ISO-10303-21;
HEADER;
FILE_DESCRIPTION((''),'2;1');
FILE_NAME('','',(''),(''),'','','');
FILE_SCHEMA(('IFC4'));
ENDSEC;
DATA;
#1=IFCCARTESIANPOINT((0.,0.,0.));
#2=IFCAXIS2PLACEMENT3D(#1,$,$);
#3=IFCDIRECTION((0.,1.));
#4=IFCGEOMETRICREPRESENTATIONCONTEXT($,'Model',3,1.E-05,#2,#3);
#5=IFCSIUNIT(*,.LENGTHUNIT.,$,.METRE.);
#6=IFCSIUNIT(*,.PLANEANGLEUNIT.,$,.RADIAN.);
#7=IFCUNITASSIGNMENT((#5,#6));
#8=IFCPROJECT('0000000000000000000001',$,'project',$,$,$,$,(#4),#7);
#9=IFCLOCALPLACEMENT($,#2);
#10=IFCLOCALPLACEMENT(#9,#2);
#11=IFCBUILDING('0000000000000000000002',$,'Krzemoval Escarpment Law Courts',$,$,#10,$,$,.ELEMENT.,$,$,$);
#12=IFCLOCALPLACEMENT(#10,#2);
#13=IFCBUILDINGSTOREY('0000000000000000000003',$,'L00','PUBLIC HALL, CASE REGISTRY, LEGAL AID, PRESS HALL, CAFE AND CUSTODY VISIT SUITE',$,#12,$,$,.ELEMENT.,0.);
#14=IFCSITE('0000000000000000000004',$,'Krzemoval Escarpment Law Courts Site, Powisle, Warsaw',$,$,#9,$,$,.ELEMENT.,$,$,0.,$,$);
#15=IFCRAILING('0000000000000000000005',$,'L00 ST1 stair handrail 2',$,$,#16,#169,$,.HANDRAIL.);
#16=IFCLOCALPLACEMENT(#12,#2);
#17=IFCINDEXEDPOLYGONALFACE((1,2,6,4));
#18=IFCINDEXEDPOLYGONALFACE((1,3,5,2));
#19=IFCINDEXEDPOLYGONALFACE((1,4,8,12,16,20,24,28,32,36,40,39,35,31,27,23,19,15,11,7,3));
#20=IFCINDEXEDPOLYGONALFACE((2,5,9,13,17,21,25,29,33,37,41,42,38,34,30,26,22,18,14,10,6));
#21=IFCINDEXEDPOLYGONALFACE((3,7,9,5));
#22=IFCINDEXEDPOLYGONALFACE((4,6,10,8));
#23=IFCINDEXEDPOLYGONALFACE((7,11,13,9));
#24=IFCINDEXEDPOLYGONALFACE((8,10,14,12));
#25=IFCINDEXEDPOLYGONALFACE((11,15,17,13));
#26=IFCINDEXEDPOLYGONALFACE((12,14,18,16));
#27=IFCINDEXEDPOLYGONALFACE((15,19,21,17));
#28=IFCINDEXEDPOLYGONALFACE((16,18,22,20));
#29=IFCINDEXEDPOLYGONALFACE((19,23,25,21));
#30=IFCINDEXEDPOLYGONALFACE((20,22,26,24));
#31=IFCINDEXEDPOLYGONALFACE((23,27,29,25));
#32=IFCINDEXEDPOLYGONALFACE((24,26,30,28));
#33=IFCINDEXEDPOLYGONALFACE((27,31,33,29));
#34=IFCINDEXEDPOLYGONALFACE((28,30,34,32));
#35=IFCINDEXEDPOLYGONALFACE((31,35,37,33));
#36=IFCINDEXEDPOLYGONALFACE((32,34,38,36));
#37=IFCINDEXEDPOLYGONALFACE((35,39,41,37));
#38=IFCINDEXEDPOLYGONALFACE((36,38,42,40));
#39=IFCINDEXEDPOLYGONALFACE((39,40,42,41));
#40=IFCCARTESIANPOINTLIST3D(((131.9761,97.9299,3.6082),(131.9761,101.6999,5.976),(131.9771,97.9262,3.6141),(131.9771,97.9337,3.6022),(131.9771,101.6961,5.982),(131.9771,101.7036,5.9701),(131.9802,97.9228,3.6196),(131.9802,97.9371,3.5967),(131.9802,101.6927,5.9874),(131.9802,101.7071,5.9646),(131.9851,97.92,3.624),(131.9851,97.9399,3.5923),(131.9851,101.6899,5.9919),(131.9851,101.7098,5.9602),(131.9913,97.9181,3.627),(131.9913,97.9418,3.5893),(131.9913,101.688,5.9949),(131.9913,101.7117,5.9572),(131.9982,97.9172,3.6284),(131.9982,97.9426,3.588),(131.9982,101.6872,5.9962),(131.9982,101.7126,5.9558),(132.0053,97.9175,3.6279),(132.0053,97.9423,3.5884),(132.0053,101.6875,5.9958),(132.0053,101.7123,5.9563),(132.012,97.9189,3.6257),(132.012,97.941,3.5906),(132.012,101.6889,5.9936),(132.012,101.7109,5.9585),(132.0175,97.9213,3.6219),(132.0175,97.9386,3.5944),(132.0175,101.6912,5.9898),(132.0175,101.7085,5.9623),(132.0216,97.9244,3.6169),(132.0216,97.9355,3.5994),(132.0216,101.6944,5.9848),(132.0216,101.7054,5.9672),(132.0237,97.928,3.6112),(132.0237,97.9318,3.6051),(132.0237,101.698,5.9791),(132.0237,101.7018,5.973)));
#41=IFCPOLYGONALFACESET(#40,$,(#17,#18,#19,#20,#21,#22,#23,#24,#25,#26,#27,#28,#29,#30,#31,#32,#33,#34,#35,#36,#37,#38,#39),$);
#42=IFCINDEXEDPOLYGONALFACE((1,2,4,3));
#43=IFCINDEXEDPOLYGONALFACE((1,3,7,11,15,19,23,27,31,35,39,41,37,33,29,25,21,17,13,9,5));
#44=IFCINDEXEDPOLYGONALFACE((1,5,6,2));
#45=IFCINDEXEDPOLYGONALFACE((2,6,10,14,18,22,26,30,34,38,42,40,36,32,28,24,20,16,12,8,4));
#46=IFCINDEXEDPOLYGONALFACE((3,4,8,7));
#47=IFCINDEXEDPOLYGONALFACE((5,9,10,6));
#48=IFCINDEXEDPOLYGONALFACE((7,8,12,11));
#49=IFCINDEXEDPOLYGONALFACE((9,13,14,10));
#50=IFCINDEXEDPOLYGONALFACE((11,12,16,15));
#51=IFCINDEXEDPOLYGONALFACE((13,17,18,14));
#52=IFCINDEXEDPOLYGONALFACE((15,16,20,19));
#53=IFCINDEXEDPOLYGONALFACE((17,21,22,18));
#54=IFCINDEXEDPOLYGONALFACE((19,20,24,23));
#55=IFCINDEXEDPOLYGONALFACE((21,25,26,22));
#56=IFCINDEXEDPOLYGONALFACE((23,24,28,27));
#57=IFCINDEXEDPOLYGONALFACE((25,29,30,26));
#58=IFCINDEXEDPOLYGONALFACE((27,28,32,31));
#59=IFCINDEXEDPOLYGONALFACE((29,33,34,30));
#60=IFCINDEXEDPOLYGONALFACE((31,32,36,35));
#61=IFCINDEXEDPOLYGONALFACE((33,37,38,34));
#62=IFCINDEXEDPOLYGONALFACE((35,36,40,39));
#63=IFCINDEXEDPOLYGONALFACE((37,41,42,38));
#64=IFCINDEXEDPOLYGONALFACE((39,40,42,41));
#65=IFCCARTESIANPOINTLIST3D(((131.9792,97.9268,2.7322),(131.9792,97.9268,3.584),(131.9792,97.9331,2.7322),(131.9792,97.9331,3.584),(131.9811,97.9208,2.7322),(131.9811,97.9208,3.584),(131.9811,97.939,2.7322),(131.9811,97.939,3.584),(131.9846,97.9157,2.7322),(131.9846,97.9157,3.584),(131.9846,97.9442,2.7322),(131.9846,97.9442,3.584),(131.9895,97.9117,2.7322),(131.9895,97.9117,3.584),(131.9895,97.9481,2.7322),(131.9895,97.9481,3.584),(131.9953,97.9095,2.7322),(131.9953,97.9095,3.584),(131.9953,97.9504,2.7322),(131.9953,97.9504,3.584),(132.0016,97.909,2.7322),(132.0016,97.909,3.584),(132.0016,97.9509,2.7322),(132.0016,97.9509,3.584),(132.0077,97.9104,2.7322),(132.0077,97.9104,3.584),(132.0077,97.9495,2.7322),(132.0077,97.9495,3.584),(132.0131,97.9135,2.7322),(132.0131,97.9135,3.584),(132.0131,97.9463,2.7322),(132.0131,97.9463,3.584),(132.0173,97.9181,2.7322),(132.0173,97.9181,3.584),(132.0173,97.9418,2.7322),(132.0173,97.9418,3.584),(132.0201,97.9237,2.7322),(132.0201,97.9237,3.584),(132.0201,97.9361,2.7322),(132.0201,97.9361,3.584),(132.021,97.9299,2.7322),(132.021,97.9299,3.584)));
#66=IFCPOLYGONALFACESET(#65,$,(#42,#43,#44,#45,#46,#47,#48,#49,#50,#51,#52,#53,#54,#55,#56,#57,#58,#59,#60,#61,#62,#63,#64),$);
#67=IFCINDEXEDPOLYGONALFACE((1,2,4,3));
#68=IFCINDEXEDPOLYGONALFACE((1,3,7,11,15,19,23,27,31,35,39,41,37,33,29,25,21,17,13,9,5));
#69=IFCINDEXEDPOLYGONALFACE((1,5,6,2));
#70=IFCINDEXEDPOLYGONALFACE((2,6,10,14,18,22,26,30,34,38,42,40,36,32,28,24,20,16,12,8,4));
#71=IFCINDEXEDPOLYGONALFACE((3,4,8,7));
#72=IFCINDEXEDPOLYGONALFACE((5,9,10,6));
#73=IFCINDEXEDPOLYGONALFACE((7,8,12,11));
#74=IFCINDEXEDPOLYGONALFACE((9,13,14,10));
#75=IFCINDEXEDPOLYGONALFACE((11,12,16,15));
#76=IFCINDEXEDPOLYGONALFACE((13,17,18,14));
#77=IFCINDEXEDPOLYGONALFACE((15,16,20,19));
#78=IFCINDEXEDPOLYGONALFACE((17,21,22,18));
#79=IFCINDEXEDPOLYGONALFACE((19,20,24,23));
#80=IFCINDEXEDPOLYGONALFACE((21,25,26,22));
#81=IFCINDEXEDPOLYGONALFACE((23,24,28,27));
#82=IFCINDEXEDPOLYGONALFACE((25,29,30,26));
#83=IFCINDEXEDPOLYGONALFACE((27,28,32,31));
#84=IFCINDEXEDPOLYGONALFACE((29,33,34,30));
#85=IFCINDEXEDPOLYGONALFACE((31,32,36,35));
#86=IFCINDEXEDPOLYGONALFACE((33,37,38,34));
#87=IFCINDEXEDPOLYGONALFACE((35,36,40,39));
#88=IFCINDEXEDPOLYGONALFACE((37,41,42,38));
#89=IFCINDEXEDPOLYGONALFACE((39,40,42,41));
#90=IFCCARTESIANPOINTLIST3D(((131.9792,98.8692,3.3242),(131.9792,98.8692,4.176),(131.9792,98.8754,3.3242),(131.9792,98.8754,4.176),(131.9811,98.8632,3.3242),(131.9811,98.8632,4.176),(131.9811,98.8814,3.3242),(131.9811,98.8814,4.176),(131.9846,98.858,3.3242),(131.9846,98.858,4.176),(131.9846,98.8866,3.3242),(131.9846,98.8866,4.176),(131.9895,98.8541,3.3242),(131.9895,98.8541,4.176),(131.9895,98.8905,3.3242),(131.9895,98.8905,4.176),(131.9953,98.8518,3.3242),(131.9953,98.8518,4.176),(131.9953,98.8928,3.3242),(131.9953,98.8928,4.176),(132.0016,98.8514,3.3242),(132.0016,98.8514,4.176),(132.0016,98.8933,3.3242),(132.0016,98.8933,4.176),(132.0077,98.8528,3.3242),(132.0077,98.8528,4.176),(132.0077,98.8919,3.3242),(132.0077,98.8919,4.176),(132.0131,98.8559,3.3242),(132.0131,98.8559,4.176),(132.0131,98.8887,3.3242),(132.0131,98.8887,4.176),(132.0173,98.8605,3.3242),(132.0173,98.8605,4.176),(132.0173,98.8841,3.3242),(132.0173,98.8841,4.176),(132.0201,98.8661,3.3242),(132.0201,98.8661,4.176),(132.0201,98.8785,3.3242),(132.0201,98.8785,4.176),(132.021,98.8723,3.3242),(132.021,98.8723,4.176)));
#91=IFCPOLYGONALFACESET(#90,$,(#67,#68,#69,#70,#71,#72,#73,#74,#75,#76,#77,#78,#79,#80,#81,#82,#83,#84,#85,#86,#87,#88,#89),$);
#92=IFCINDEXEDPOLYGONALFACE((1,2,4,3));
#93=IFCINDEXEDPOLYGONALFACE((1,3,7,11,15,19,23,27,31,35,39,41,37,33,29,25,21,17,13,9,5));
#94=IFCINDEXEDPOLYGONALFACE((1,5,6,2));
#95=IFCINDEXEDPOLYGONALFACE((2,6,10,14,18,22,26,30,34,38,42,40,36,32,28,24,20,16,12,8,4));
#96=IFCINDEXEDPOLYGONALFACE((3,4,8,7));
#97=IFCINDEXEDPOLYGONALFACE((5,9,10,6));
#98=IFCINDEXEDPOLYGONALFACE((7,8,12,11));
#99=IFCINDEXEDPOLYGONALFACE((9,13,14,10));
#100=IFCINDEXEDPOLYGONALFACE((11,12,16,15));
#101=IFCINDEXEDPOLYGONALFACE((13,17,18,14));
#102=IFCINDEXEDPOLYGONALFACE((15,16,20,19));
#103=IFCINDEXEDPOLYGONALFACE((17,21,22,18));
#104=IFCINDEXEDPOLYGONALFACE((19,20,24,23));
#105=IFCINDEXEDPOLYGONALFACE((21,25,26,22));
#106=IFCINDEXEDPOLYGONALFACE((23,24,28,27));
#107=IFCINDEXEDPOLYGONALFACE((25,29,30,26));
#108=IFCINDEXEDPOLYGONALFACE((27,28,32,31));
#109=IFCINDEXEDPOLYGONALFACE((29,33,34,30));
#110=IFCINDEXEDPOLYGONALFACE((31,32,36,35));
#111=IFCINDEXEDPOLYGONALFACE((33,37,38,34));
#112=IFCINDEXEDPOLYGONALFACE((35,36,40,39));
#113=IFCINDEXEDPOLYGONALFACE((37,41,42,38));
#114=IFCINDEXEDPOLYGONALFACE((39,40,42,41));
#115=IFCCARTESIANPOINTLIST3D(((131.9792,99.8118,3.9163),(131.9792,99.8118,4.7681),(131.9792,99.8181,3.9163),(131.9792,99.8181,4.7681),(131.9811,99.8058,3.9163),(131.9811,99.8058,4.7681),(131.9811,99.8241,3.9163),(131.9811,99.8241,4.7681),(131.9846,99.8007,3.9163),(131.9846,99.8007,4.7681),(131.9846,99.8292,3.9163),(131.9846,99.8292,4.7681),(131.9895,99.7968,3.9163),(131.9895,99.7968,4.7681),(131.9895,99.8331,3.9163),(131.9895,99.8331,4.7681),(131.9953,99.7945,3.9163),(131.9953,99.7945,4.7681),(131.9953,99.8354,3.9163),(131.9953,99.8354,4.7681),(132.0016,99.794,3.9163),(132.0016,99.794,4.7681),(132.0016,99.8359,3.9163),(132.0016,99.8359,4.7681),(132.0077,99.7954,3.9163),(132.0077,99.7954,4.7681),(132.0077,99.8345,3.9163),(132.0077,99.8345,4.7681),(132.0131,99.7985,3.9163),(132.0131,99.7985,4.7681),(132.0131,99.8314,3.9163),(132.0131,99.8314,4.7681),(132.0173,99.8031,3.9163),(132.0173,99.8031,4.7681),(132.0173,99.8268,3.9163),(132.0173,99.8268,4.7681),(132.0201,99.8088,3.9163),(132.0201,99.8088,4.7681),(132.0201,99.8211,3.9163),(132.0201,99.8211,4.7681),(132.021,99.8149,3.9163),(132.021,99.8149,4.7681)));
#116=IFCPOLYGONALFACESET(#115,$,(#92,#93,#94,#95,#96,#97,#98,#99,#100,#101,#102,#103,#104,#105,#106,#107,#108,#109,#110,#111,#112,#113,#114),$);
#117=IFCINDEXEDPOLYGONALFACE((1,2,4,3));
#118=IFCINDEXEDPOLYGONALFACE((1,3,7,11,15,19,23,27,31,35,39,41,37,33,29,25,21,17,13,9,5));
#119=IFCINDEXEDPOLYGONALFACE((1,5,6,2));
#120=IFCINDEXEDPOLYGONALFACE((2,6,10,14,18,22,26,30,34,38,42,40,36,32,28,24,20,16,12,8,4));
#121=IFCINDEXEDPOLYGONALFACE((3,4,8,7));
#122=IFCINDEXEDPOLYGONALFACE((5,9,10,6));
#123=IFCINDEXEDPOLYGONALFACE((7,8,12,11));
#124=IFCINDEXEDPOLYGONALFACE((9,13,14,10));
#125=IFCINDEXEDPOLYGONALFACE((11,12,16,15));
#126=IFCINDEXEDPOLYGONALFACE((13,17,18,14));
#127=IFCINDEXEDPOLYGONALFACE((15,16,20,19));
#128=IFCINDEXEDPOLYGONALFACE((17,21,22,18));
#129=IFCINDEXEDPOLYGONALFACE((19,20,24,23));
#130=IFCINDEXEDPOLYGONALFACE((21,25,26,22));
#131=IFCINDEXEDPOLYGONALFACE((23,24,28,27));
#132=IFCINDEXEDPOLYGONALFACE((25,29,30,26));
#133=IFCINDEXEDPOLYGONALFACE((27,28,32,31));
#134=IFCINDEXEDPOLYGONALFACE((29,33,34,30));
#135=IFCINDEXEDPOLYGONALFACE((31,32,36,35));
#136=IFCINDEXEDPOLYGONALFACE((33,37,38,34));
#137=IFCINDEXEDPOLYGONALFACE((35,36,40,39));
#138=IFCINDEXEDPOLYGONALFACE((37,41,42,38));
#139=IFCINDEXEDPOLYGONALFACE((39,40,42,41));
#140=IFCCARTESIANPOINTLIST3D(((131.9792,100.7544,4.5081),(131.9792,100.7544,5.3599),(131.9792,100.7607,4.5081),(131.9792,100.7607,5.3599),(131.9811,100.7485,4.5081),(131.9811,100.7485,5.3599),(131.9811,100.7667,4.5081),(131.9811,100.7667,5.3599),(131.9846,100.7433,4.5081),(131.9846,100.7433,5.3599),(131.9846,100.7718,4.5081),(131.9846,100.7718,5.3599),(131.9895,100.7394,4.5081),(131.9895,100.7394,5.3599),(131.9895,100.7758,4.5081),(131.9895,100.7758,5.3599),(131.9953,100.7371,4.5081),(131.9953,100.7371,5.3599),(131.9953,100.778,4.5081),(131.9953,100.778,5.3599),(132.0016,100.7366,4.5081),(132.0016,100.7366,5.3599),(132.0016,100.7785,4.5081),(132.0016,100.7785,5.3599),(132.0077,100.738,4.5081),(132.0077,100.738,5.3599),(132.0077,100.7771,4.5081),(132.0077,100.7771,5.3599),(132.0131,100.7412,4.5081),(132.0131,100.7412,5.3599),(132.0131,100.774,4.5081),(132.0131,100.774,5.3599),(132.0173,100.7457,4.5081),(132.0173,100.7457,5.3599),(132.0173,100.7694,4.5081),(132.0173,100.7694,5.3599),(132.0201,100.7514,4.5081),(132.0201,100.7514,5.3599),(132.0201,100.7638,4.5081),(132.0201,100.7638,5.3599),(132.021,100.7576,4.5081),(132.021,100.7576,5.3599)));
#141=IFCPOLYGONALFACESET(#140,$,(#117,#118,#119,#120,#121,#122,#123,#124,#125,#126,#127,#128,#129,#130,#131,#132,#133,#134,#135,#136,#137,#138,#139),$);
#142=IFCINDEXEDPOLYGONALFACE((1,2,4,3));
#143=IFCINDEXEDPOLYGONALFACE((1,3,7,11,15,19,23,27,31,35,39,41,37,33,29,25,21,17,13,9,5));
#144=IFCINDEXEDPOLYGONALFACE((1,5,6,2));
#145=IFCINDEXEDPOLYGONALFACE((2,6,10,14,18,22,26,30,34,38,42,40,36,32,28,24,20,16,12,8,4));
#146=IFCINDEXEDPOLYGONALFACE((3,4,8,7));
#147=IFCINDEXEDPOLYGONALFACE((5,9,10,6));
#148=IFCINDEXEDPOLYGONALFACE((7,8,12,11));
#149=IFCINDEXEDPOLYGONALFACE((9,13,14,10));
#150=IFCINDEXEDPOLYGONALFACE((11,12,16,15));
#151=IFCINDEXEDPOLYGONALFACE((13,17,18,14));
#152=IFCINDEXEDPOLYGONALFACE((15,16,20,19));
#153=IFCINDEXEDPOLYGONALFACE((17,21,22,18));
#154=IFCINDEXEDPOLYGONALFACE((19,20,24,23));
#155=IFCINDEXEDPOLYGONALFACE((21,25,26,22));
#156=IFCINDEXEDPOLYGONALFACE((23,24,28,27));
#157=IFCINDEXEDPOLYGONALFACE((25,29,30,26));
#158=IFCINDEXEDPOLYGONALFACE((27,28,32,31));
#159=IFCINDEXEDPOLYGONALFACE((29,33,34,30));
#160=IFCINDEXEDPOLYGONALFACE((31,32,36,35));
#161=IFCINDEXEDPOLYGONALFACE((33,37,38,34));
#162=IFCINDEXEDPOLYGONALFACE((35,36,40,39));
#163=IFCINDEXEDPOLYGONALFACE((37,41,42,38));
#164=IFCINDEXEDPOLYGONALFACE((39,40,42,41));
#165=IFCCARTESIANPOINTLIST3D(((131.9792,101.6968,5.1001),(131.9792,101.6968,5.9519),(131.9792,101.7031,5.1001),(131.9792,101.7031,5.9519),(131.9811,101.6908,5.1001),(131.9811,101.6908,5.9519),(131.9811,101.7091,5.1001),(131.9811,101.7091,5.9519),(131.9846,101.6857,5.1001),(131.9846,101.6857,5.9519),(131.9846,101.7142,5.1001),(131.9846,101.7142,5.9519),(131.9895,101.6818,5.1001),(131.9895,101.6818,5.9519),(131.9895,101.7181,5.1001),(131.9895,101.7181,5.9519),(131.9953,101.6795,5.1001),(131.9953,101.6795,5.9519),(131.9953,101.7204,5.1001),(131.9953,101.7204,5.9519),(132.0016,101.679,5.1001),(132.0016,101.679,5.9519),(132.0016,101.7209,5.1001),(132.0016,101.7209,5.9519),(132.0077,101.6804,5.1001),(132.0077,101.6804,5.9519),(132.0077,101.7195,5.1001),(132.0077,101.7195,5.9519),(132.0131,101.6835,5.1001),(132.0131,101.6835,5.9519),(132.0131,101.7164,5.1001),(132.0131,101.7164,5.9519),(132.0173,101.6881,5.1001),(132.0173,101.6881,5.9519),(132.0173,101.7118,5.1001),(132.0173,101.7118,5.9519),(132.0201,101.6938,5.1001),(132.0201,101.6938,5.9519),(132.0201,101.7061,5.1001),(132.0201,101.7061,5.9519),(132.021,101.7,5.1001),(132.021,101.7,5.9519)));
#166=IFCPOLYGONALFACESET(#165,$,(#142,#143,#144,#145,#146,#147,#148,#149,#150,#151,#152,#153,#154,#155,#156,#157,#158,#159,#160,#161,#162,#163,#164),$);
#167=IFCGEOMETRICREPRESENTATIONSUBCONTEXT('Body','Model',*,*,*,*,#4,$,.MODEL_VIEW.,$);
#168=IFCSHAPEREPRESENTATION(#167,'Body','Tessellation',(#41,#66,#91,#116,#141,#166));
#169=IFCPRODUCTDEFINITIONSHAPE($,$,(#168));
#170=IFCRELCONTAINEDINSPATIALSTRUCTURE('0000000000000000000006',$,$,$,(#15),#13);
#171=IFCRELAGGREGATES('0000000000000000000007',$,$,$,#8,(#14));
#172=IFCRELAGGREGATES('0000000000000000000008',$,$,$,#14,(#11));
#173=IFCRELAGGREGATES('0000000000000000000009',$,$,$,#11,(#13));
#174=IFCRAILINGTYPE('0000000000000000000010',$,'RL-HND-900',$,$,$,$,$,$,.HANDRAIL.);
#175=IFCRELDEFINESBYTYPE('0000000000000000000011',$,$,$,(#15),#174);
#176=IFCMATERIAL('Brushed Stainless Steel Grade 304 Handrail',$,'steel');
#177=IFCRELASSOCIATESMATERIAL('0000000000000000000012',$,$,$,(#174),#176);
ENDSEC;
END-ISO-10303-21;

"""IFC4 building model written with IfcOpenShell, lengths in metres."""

from ifc_helpers import new_model, si_unit, direction, frame, origin, origin_2d, place, context, subcontext, project, spatial, circle, extrude, material, type_object, element, save


model = new_model("IFC4")

# Units and contexts
model_context = context("Model", 3, precision=1e-05, world=origin(), true_north=direction((0.0, 1.0)))
body_context = subcontext(model_context, "Body", "Model", "MODEL_VIEW")
ifc_project = project(units=[si_unit("LENGTHUNIT", "METRE"), si_unit("PLANEANGLEUNIT", "RADIAN")], contexts=[model_context])

# Site, building, storey
site_placement = place(None, origin())
site = spatial("IfcSite", under=ifc_project, at=site_placement, Name="Krzemoval Escarpment Law Courts Site, Powisle, Warsaw", CompositionType="ELEMENT", RefElevation=0.0)
building_placement = place(site_placement, origin())
building = spatial("IfcBuilding", under=site, at=building_placement, Name="Krzemoval Escarpment Law Courts", CompositionType="ELEMENT")
storey_placement = place(building_placement, origin())
storey = spatial("IfcBuildingStorey", under=building, at=storey_placement, Name="L00", Description="PUBLIC HALL, CASE REGISTRY, LEGAL AID, PRESS HALL, CAFE AND CUSTODY VISIT SUITE", CompositionType="ELEMENT", Elevation=0.0)

# Railing
ifc_material_1 = material(Name="Brushed Stainless Steel Grade 304 Handrail", Category="steel")
railing_type_1 = type_object("IfcRailingType", Name="RL-HND-900", PredefinedType="HANDRAIL", material=ifc_material_1)
for number, where, name in (
    (1, (132.0, 97.9299, 2.7322), "L00 ST1 stair handrail 2"),
):
    element("IfcRailing", number, at=place(storey_placement, frame(where)), inside=storey, type_object=railing_type_1, Name=name, PredefinedType="HANDRAIL", context=body_context, shape_type="SweptSolid", body=[
        extrude(circle(Radius=0.0239, at=origin_2d()), frame((0.0, 0.0, 0.876), z_axis=(0.0, 0.846819, 0.531881), x_axis=(-1.0, 0.0, 0.0)), (0.0, 0.0, 1.0), 4.4519),
        extrude(circle(Radius=0.021, at=origin_2d()), origin(), (0.0, 0.0, 1.0), 0.8518),
        extrude(circle(Radius=0.021, at=origin_2d()), frame((0.0, 0.9424, 0.592)), (0.0, 0.0, 1.0), 0.8518),
        extrude(circle(Radius=0.021, at=origin_2d()), frame((0.0, 1.885, 1.1841)), (0.0, 0.0, 1.0), 0.8518),
        extrude(circle(Radius=0.021, at=origin_2d()), frame((0.0, 2.8276, 1.7759)), (0.0, 0.0, 1.0), 0.8518),
        extrude(circle(Radius=0.021, at=origin_2d()), frame((0.0, 3.77, 2.3679)), (0.0, 0.0, 1.0), 0.8518),
    ])

save(model, "model.ifc")
